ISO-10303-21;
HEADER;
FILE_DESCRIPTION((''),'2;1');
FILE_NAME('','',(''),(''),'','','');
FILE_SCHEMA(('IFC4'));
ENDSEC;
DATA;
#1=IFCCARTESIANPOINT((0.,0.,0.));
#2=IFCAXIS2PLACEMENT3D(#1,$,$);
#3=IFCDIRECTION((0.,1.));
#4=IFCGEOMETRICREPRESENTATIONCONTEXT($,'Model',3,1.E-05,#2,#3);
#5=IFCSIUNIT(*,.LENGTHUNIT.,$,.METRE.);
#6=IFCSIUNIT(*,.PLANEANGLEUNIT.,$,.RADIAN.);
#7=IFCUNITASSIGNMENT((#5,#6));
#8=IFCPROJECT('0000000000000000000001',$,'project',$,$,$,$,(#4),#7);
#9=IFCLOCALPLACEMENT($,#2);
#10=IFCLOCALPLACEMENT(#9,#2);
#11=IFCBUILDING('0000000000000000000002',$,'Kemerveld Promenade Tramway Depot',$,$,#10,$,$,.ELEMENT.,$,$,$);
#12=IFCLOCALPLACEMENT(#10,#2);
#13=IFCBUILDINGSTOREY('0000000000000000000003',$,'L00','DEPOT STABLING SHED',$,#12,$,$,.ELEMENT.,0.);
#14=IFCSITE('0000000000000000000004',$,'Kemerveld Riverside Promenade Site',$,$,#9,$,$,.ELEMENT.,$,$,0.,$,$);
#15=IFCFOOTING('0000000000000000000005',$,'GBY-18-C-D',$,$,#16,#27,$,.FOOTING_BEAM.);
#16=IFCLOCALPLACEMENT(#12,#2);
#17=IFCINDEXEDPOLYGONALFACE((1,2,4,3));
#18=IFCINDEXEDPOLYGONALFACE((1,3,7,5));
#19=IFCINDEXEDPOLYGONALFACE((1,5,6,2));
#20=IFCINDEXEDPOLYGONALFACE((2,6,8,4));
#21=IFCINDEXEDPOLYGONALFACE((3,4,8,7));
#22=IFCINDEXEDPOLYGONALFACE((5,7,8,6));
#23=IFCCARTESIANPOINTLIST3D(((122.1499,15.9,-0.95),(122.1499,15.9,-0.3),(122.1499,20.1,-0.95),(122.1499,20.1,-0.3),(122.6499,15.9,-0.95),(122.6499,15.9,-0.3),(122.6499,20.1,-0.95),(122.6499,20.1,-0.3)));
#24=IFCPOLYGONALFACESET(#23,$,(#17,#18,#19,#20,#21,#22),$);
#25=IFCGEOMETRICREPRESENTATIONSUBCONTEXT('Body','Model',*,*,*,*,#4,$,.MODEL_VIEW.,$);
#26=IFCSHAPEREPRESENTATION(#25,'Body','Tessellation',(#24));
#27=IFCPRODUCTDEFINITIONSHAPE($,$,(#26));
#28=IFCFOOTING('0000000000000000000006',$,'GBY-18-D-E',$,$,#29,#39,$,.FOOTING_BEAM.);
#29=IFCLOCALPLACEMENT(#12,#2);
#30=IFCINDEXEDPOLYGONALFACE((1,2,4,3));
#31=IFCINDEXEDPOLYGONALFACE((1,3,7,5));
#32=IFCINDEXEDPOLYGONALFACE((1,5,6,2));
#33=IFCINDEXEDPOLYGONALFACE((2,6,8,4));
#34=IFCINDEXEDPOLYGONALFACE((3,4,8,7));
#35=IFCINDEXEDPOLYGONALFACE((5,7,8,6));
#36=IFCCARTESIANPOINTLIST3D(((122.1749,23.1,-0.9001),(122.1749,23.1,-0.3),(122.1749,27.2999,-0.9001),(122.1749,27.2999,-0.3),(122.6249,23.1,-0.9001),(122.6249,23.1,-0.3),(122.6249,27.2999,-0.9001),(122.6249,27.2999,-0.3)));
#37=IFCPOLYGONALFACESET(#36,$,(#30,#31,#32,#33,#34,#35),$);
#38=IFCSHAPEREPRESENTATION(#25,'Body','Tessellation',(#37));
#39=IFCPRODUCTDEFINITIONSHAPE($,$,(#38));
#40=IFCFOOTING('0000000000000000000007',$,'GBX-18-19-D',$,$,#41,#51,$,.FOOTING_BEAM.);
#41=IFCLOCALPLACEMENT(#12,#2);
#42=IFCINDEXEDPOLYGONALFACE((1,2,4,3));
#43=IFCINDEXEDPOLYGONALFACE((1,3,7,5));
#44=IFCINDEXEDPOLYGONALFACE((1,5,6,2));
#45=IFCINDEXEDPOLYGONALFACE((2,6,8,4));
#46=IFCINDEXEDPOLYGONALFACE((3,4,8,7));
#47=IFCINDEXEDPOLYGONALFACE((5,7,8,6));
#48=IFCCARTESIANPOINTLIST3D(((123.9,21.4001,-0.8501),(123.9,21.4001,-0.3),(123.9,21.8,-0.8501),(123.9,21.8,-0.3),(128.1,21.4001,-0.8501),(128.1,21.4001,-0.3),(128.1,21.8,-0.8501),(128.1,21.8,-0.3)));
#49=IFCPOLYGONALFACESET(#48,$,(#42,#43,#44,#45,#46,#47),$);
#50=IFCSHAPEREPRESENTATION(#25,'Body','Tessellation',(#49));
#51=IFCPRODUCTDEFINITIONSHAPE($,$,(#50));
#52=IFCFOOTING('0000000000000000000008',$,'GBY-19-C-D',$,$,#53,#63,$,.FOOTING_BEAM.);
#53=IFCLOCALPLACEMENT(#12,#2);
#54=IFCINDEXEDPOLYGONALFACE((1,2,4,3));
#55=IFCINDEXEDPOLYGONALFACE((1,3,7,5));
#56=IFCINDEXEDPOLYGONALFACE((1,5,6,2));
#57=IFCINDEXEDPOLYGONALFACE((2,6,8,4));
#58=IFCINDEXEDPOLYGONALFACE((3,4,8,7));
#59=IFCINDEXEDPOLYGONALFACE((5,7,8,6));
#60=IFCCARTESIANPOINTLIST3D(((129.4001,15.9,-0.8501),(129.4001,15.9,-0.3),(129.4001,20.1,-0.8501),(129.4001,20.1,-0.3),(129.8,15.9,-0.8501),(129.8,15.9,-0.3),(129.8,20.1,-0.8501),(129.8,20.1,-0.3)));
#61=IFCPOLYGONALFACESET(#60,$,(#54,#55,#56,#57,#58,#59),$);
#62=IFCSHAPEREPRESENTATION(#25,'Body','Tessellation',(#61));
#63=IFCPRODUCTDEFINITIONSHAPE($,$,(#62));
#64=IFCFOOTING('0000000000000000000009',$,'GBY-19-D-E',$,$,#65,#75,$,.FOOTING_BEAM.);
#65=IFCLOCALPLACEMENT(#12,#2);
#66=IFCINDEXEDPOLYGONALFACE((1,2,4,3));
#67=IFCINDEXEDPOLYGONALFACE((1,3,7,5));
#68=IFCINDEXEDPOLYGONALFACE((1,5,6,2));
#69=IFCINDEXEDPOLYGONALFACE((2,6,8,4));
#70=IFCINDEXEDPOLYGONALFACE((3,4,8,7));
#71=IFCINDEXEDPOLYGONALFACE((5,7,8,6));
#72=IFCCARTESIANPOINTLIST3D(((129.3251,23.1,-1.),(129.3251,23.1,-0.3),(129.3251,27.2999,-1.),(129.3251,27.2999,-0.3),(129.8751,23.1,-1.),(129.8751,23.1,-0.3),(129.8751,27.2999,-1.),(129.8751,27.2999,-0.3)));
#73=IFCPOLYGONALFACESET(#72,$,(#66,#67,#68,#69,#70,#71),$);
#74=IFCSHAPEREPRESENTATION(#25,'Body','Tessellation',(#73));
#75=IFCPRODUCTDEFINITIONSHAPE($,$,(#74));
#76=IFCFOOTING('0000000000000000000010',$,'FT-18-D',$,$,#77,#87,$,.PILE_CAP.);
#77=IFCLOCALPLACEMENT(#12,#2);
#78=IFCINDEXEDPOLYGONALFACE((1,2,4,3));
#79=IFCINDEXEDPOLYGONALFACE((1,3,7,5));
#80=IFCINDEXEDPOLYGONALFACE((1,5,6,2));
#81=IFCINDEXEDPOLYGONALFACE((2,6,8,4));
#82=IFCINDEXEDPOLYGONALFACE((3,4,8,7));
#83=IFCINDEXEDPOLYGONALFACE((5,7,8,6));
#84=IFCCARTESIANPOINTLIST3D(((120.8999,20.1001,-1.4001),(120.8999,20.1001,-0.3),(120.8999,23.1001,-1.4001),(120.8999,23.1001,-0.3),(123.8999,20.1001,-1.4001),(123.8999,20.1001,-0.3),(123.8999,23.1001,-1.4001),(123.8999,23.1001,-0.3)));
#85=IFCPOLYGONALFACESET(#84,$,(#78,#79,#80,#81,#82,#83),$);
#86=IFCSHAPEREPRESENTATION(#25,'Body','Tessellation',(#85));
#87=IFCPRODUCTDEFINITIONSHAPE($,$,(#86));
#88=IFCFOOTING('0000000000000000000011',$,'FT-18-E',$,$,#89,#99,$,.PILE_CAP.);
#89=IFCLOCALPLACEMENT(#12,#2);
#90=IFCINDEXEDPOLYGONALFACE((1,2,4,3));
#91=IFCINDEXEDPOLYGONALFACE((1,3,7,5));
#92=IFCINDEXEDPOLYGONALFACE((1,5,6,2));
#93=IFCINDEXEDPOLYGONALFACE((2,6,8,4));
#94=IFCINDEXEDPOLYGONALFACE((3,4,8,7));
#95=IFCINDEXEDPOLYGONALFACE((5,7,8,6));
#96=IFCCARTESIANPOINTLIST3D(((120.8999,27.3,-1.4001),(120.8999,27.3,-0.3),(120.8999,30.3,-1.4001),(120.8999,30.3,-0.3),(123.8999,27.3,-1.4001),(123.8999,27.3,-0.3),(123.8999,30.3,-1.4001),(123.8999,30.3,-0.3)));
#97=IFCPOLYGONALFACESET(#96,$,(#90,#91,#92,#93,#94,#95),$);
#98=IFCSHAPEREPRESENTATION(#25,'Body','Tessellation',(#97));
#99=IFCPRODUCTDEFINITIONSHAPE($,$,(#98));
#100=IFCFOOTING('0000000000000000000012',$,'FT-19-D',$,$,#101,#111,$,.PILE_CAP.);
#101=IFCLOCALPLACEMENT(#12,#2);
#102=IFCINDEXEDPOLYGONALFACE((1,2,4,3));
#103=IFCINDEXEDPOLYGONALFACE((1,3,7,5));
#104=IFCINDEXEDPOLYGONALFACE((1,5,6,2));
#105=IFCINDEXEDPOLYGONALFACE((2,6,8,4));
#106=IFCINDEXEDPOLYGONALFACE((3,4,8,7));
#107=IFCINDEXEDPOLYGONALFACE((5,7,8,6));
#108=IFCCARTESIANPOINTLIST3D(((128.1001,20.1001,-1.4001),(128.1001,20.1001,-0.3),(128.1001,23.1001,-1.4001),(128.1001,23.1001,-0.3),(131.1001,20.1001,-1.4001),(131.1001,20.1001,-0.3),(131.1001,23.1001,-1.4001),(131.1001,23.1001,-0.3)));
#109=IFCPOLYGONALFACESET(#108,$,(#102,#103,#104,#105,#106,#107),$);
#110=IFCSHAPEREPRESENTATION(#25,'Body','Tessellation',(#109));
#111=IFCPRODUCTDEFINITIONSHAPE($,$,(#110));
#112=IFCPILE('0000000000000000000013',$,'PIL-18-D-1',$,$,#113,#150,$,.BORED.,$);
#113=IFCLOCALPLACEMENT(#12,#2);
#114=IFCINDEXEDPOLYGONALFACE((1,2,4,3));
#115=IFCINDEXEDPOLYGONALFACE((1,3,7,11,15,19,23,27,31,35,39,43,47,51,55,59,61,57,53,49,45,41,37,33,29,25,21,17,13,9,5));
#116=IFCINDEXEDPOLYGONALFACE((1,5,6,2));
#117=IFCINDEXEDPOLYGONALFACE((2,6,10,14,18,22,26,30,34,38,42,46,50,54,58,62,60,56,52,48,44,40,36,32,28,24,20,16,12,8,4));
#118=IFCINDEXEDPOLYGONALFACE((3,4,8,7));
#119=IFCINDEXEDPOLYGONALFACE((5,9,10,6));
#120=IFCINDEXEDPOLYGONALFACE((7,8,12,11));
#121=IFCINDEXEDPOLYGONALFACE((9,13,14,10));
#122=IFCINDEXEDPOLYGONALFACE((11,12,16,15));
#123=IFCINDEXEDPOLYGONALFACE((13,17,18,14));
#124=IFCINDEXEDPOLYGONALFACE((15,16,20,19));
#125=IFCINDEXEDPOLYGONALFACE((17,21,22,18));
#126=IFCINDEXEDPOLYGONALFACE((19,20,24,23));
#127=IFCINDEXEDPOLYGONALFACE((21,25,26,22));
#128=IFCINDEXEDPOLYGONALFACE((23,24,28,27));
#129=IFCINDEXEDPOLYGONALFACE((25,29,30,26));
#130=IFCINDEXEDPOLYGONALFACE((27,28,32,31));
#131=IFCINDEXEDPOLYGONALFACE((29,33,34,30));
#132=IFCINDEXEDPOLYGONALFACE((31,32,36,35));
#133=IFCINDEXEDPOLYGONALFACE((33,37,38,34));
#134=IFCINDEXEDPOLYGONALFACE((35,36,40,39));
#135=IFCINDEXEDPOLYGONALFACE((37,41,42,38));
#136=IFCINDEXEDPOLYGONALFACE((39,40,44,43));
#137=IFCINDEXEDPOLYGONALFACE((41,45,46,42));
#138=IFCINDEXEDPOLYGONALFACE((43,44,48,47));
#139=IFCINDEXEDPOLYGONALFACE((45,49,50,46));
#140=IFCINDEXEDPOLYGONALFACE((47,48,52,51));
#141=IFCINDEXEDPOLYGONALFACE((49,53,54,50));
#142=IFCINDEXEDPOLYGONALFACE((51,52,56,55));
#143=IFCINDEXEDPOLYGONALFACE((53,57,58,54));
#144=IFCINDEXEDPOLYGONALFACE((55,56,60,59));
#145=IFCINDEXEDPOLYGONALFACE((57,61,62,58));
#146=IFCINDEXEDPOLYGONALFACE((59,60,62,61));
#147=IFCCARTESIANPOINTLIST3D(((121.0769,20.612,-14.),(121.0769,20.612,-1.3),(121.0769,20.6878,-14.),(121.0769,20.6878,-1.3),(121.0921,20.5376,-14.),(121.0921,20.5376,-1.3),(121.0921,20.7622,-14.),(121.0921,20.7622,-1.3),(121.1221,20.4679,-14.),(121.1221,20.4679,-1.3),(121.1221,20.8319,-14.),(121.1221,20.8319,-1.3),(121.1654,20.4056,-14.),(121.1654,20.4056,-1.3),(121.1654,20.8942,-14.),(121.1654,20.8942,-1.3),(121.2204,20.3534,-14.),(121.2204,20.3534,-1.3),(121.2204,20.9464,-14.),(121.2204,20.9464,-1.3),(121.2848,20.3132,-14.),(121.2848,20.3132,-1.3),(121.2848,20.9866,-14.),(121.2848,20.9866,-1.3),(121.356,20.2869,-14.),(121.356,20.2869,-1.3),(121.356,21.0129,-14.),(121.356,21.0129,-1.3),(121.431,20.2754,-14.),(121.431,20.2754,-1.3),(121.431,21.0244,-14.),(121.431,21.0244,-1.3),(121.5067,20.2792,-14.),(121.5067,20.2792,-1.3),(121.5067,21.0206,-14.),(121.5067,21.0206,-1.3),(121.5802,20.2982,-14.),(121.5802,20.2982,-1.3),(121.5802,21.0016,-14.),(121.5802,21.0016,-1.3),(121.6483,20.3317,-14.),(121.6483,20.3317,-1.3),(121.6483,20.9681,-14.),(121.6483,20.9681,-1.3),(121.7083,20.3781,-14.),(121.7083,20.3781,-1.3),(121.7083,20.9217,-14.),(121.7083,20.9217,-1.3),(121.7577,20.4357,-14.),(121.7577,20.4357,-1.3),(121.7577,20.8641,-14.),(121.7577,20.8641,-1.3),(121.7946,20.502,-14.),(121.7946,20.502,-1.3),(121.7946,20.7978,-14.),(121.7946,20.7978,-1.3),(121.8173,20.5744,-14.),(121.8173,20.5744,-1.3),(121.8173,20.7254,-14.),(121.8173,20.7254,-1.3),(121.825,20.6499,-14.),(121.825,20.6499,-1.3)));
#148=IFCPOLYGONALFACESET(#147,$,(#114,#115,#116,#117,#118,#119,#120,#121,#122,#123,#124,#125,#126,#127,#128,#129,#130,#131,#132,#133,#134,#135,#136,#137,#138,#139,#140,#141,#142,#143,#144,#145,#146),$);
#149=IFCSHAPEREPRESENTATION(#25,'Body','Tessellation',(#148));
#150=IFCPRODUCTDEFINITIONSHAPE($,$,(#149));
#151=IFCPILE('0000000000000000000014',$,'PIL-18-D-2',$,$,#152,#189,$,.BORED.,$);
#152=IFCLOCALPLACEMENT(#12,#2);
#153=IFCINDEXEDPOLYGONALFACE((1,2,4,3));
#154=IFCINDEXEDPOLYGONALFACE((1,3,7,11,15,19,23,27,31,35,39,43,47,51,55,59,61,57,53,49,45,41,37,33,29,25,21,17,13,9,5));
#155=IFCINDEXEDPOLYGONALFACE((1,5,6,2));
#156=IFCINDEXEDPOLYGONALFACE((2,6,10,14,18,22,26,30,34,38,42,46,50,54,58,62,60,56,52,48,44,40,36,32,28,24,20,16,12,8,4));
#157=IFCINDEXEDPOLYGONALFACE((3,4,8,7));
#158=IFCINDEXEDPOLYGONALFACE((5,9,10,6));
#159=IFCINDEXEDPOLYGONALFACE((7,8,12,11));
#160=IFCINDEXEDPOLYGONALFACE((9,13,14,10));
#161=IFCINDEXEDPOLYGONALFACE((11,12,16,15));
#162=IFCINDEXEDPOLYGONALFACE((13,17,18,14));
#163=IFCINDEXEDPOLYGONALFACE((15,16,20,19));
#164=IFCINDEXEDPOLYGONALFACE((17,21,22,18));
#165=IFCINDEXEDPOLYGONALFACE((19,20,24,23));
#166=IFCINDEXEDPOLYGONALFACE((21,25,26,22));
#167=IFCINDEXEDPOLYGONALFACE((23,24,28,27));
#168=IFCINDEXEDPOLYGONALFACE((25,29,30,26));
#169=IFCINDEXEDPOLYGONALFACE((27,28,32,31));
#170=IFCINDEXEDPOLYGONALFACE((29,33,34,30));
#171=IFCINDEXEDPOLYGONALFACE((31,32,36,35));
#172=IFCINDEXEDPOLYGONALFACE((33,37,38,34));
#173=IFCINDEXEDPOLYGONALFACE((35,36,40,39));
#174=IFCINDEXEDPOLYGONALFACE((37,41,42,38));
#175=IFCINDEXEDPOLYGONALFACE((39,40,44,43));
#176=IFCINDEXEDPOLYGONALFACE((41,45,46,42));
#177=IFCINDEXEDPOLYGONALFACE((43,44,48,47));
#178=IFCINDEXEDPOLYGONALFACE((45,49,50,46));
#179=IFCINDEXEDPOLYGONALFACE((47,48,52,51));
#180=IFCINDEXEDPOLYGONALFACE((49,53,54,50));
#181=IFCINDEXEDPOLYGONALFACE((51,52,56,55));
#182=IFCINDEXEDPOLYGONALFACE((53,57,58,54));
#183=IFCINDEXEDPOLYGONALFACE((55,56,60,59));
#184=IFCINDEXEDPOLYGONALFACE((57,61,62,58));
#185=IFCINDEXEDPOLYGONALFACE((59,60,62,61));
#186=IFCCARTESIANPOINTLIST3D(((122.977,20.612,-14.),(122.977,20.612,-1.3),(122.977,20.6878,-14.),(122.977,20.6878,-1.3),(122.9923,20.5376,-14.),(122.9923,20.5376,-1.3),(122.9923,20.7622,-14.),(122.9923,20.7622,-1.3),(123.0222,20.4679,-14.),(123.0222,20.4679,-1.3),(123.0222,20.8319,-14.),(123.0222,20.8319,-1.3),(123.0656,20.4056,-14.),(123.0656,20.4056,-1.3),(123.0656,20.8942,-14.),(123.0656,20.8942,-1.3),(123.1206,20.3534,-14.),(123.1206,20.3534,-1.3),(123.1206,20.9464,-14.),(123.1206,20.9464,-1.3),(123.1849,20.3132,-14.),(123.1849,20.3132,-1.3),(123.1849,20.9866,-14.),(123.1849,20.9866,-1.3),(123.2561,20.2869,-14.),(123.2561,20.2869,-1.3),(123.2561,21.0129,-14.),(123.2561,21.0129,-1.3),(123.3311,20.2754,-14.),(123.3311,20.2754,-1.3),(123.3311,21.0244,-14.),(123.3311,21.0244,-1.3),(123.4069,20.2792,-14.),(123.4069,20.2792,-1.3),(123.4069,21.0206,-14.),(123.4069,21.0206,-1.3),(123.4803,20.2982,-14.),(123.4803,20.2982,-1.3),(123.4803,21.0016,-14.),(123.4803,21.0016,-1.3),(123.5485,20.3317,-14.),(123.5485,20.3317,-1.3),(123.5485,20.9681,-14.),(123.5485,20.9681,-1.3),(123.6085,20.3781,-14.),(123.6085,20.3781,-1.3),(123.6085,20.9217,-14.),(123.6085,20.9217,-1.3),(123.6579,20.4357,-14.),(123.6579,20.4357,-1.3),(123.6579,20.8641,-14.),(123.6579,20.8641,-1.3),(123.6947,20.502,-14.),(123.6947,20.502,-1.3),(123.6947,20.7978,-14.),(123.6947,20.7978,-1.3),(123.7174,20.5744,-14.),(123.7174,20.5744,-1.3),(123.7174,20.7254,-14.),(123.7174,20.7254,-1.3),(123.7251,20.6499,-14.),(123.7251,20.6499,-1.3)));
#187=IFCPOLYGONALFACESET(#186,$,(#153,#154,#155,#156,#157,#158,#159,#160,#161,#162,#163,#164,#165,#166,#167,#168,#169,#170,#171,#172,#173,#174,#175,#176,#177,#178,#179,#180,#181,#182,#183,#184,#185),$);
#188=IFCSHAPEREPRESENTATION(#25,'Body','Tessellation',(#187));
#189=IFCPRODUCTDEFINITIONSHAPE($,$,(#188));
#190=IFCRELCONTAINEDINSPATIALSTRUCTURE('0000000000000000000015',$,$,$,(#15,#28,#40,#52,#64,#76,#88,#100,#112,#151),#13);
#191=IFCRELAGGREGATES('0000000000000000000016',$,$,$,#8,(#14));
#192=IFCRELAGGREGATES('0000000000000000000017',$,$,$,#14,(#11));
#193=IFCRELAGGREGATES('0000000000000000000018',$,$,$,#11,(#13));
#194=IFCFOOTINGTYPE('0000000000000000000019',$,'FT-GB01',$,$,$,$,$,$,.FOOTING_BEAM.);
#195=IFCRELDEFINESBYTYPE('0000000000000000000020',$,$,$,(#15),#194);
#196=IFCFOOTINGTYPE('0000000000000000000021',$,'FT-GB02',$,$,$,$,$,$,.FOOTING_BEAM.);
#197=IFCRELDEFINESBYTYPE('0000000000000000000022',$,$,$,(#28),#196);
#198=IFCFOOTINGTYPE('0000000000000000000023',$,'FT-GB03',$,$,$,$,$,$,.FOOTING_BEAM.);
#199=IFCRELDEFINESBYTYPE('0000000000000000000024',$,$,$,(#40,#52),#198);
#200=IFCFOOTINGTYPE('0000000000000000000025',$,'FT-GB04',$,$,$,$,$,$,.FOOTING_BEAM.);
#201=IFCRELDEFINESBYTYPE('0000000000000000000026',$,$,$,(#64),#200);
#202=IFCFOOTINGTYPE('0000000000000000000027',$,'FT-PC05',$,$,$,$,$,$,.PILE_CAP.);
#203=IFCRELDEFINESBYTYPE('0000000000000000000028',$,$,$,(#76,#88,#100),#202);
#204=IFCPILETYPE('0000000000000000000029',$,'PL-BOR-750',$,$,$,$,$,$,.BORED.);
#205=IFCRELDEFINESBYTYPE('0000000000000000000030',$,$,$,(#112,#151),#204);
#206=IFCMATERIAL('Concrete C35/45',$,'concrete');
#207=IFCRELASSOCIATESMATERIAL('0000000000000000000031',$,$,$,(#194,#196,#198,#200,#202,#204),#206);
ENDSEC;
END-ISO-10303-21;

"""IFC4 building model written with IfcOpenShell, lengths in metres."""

from ifc_helpers import new_model, si_unit, direction, frame, origin, origin_2d, place, context, subcontext, project, spatial, rectangle, circle, extrude, material, material_profile, profile_set, type_object, element, save


model = new_model("IFC4")

# Units and contexts
model_context = context("Model", 3, precision=1e-05, world=origin(), true_north=direction((0.0, 1.0)))
body_context = subcontext(model_context, "Body", "Model", "MODEL_VIEW")
ifc_project = project(units=[si_unit("LENGTHUNIT", "METRE"), si_unit("PLANEANGLEUNIT", "RADIAN")], contexts=[model_context])

# Site, building, storey
site_placement = place(None, origin())
site = spatial("IfcSite", under=ifc_project, at=site_placement, Name="Kemerveld Riverside Promenade Site", CompositionType="ELEMENT", RefElevation=0.0)
building_placement = place(site_placement, origin())
building = spatial("IfcBuilding", under=site, at=building_placement, Name="Kemerveld Promenade Tramway Depot", CompositionType="ELEMENT")
storey_placement = place(building_placement, origin())
storey = spatial("IfcBuildingStorey", under=building, at=storey_placement, Name="L00", Description="DEPOT STABLING SHED", CompositionType="ELEMENT", Elevation=0.0)

# Footings
ifc_material_1 = material(Name="Concrete C35/45", Category="concrete")
footing_type_1 = type_object("IfcFootingType", Name="FT-GB01", PredefinedType="FOOTING_BEAM", material=ifc_material_1)
footing_1_placement = place(storey_placement, frame((122.3999, 18.0, -0.95), z_axis=(0.0, 0.0, 1.0), x_axis=(0.0, 1.0, 0.0)))
element("IfcFooting", 1, at=footing_1_placement, inside=storey, type_object=footing_type_1, Name="GBY-18-C-D", PredefinedType="FOOTING_BEAM", context=body_context, shape_type="SweptSolid", body=[
    extrude(rectangle(XDim=4.2, YDim=0.5, at=origin_2d()), origin(), (0.0, 0.0, 1.0), 0.6499),
])
footing_type_2 = type_object("IfcFootingType", Name="FT-GB02", PredefinedType="FOOTING_BEAM", material=ifc_material_1)
footing_2_placement = place(storey_placement, frame((122.3999, 25.2, -0.9001), z_axis=(0.0, 0.0, 1.0), x_axis=(0.0, 1.0, 0.0)))
element("IfcFooting", 2, at=footing_2_placement, inside=storey, type_object=footing_type_2, Name="GBY-18-D-E", PredefinedType="FOOTING_BEAM", context=body_context, shape_type="SweptSolid", body=[
    extrude(rectangle(XDim=4.2, YDim=0.45, at=origin_2d()), origin(), (0.0, 0.0, 1.0), 0.6001),
])
footing_type_3 = type_object("IfcFootingType", Name="FT-GB03", PredefinedType="FOOTING_BEAM", material=ifc_material_1)
for number, where, z_axis, x_axis, name in (
    (3, (126.0, 21.6001, -0.8501), (0.0, 0.0, 1.0), (1.0, 0.0, 0.0), "GBX-18-19-D"),
    (4, (129.6001, 18.0, -0.8501), (0.0, 0.0, 1.0), (0.0, 1.0, 0.0), "GBY-19-C-D"),
):
    element("IfcFooting", number, at=place(storey_placement, frame(where, z_axis=z_axis, x_axis=x_axis)), inside=storey, type_object=footing_type_3, Name=name, PredefinedType="FOOTING_BEAM", context=body_context, shape_type="SweptSolid", body=[
        extrude(rectangle(XDim=4.2, YDim=0.3999, at=origin_2d()), origin(), (0.0, 0.0, 1.0), 0.55),
    ])
footing_type_4 = type_object("IfcFootingType", Name="FT-GB04", PredefinedType="FOOTING_BEAM", material=ifc_material_1)
footing_3_placement = place(storey_placement, frame((129.6001, 25.2, -1.0), z_axis=(0.0, 0.0, 1.0), x_axis=(0.0, 1.0, 0.0)))
element("IfcFooting", 5, at=footing_3_placement, inside=storey, type_object=footing_type_4, Name="GBY-19-D-E", PredefinedType="FOOTING_BEAM", context=body_context, shape_type="SweptSolid", body=[
    extrude(rectangle(XDim=4.2, YDim=0.55, at=origin_2d()), origin(), (0.0, 0.0, 1.0), 0.7),
])
footing_type_5 = type_object("IfcFootingType", Name="FT-PC05", PredefinedType="PILE_CAP", material=ifc_material_1)
for number, where, z_axis, x_axis, name in (
    (6, (122.3999, 21.6001, -1.4001), (0.0, 0.0, 1.0), (1.0, 0.0, 0.0), "FT-18-D"),
    (7, (122.3999, 28.8, -1.4001), (0.0, 0.0, 1.0), (1.0, 0.0, 0.0), "FT-18-E"),
    (8, (129.6001, 21.6001, -1.4001), (0.0, 0.0, 1.0), (1.0, 0.0, 0.0), "FT-19-D"),
):
    element("IfcFooting", number, at=place(storey_placement, frame(where, z_axis=z_axis, x_axis=x_axis)), inside=storey, type_object=footing_type_5, Name=name, PredefinedType="PILE_CAP", context=body_context, shape_type="SweptSolid", body=[
        extrude(rectangle(XDim=3.0, YDim=3.0, at=origin_2d()), origin(), (0.0, 0.0, 1.0), 1.1001),
    ])

# Piles
ifc_material_profile_1 = material_profile(ifc_material_1, circle(Radius=0.375, at=origin_2d()), Name="PILE-D750")
ifc_profile_set_1 = profile_set([ifc_material_profile_1], Name="Concrete C35/45")
pile_type = type_object("IfcPileType", Name="PL-BOR-750", PredefinedType="BORED", material=ifc_profile_set_1)
for number, where, z_axis, x_axis, name in (
    (9, (121.45, 20.6499, -1.3), (0.0, 0.0, -1.0), (1.0, 0.0, 0.0), "PIL-18-D-1"),
    (10, (123.3501, 20.6499, -1.3), (0.0, 0.0, -1.0), (1.0, 0.0, 0.0), "PIL-18-D-2"),
):
    element("IfcPile", number, at=place(storey_placement, frame(where, z_axis=z_axis, x_axis=x_axis)), inside=storey, type_object=pile_type, Name=name, PredefinedType="BORED", context=body_context, shape_type="SweptSolid", body=[
        extrude(circle(Radius=0.375, at=origin_2d()), origin(), (0.0, 0.0, 1.0), 12.7),
    ])

save(model, "model.ifc")
